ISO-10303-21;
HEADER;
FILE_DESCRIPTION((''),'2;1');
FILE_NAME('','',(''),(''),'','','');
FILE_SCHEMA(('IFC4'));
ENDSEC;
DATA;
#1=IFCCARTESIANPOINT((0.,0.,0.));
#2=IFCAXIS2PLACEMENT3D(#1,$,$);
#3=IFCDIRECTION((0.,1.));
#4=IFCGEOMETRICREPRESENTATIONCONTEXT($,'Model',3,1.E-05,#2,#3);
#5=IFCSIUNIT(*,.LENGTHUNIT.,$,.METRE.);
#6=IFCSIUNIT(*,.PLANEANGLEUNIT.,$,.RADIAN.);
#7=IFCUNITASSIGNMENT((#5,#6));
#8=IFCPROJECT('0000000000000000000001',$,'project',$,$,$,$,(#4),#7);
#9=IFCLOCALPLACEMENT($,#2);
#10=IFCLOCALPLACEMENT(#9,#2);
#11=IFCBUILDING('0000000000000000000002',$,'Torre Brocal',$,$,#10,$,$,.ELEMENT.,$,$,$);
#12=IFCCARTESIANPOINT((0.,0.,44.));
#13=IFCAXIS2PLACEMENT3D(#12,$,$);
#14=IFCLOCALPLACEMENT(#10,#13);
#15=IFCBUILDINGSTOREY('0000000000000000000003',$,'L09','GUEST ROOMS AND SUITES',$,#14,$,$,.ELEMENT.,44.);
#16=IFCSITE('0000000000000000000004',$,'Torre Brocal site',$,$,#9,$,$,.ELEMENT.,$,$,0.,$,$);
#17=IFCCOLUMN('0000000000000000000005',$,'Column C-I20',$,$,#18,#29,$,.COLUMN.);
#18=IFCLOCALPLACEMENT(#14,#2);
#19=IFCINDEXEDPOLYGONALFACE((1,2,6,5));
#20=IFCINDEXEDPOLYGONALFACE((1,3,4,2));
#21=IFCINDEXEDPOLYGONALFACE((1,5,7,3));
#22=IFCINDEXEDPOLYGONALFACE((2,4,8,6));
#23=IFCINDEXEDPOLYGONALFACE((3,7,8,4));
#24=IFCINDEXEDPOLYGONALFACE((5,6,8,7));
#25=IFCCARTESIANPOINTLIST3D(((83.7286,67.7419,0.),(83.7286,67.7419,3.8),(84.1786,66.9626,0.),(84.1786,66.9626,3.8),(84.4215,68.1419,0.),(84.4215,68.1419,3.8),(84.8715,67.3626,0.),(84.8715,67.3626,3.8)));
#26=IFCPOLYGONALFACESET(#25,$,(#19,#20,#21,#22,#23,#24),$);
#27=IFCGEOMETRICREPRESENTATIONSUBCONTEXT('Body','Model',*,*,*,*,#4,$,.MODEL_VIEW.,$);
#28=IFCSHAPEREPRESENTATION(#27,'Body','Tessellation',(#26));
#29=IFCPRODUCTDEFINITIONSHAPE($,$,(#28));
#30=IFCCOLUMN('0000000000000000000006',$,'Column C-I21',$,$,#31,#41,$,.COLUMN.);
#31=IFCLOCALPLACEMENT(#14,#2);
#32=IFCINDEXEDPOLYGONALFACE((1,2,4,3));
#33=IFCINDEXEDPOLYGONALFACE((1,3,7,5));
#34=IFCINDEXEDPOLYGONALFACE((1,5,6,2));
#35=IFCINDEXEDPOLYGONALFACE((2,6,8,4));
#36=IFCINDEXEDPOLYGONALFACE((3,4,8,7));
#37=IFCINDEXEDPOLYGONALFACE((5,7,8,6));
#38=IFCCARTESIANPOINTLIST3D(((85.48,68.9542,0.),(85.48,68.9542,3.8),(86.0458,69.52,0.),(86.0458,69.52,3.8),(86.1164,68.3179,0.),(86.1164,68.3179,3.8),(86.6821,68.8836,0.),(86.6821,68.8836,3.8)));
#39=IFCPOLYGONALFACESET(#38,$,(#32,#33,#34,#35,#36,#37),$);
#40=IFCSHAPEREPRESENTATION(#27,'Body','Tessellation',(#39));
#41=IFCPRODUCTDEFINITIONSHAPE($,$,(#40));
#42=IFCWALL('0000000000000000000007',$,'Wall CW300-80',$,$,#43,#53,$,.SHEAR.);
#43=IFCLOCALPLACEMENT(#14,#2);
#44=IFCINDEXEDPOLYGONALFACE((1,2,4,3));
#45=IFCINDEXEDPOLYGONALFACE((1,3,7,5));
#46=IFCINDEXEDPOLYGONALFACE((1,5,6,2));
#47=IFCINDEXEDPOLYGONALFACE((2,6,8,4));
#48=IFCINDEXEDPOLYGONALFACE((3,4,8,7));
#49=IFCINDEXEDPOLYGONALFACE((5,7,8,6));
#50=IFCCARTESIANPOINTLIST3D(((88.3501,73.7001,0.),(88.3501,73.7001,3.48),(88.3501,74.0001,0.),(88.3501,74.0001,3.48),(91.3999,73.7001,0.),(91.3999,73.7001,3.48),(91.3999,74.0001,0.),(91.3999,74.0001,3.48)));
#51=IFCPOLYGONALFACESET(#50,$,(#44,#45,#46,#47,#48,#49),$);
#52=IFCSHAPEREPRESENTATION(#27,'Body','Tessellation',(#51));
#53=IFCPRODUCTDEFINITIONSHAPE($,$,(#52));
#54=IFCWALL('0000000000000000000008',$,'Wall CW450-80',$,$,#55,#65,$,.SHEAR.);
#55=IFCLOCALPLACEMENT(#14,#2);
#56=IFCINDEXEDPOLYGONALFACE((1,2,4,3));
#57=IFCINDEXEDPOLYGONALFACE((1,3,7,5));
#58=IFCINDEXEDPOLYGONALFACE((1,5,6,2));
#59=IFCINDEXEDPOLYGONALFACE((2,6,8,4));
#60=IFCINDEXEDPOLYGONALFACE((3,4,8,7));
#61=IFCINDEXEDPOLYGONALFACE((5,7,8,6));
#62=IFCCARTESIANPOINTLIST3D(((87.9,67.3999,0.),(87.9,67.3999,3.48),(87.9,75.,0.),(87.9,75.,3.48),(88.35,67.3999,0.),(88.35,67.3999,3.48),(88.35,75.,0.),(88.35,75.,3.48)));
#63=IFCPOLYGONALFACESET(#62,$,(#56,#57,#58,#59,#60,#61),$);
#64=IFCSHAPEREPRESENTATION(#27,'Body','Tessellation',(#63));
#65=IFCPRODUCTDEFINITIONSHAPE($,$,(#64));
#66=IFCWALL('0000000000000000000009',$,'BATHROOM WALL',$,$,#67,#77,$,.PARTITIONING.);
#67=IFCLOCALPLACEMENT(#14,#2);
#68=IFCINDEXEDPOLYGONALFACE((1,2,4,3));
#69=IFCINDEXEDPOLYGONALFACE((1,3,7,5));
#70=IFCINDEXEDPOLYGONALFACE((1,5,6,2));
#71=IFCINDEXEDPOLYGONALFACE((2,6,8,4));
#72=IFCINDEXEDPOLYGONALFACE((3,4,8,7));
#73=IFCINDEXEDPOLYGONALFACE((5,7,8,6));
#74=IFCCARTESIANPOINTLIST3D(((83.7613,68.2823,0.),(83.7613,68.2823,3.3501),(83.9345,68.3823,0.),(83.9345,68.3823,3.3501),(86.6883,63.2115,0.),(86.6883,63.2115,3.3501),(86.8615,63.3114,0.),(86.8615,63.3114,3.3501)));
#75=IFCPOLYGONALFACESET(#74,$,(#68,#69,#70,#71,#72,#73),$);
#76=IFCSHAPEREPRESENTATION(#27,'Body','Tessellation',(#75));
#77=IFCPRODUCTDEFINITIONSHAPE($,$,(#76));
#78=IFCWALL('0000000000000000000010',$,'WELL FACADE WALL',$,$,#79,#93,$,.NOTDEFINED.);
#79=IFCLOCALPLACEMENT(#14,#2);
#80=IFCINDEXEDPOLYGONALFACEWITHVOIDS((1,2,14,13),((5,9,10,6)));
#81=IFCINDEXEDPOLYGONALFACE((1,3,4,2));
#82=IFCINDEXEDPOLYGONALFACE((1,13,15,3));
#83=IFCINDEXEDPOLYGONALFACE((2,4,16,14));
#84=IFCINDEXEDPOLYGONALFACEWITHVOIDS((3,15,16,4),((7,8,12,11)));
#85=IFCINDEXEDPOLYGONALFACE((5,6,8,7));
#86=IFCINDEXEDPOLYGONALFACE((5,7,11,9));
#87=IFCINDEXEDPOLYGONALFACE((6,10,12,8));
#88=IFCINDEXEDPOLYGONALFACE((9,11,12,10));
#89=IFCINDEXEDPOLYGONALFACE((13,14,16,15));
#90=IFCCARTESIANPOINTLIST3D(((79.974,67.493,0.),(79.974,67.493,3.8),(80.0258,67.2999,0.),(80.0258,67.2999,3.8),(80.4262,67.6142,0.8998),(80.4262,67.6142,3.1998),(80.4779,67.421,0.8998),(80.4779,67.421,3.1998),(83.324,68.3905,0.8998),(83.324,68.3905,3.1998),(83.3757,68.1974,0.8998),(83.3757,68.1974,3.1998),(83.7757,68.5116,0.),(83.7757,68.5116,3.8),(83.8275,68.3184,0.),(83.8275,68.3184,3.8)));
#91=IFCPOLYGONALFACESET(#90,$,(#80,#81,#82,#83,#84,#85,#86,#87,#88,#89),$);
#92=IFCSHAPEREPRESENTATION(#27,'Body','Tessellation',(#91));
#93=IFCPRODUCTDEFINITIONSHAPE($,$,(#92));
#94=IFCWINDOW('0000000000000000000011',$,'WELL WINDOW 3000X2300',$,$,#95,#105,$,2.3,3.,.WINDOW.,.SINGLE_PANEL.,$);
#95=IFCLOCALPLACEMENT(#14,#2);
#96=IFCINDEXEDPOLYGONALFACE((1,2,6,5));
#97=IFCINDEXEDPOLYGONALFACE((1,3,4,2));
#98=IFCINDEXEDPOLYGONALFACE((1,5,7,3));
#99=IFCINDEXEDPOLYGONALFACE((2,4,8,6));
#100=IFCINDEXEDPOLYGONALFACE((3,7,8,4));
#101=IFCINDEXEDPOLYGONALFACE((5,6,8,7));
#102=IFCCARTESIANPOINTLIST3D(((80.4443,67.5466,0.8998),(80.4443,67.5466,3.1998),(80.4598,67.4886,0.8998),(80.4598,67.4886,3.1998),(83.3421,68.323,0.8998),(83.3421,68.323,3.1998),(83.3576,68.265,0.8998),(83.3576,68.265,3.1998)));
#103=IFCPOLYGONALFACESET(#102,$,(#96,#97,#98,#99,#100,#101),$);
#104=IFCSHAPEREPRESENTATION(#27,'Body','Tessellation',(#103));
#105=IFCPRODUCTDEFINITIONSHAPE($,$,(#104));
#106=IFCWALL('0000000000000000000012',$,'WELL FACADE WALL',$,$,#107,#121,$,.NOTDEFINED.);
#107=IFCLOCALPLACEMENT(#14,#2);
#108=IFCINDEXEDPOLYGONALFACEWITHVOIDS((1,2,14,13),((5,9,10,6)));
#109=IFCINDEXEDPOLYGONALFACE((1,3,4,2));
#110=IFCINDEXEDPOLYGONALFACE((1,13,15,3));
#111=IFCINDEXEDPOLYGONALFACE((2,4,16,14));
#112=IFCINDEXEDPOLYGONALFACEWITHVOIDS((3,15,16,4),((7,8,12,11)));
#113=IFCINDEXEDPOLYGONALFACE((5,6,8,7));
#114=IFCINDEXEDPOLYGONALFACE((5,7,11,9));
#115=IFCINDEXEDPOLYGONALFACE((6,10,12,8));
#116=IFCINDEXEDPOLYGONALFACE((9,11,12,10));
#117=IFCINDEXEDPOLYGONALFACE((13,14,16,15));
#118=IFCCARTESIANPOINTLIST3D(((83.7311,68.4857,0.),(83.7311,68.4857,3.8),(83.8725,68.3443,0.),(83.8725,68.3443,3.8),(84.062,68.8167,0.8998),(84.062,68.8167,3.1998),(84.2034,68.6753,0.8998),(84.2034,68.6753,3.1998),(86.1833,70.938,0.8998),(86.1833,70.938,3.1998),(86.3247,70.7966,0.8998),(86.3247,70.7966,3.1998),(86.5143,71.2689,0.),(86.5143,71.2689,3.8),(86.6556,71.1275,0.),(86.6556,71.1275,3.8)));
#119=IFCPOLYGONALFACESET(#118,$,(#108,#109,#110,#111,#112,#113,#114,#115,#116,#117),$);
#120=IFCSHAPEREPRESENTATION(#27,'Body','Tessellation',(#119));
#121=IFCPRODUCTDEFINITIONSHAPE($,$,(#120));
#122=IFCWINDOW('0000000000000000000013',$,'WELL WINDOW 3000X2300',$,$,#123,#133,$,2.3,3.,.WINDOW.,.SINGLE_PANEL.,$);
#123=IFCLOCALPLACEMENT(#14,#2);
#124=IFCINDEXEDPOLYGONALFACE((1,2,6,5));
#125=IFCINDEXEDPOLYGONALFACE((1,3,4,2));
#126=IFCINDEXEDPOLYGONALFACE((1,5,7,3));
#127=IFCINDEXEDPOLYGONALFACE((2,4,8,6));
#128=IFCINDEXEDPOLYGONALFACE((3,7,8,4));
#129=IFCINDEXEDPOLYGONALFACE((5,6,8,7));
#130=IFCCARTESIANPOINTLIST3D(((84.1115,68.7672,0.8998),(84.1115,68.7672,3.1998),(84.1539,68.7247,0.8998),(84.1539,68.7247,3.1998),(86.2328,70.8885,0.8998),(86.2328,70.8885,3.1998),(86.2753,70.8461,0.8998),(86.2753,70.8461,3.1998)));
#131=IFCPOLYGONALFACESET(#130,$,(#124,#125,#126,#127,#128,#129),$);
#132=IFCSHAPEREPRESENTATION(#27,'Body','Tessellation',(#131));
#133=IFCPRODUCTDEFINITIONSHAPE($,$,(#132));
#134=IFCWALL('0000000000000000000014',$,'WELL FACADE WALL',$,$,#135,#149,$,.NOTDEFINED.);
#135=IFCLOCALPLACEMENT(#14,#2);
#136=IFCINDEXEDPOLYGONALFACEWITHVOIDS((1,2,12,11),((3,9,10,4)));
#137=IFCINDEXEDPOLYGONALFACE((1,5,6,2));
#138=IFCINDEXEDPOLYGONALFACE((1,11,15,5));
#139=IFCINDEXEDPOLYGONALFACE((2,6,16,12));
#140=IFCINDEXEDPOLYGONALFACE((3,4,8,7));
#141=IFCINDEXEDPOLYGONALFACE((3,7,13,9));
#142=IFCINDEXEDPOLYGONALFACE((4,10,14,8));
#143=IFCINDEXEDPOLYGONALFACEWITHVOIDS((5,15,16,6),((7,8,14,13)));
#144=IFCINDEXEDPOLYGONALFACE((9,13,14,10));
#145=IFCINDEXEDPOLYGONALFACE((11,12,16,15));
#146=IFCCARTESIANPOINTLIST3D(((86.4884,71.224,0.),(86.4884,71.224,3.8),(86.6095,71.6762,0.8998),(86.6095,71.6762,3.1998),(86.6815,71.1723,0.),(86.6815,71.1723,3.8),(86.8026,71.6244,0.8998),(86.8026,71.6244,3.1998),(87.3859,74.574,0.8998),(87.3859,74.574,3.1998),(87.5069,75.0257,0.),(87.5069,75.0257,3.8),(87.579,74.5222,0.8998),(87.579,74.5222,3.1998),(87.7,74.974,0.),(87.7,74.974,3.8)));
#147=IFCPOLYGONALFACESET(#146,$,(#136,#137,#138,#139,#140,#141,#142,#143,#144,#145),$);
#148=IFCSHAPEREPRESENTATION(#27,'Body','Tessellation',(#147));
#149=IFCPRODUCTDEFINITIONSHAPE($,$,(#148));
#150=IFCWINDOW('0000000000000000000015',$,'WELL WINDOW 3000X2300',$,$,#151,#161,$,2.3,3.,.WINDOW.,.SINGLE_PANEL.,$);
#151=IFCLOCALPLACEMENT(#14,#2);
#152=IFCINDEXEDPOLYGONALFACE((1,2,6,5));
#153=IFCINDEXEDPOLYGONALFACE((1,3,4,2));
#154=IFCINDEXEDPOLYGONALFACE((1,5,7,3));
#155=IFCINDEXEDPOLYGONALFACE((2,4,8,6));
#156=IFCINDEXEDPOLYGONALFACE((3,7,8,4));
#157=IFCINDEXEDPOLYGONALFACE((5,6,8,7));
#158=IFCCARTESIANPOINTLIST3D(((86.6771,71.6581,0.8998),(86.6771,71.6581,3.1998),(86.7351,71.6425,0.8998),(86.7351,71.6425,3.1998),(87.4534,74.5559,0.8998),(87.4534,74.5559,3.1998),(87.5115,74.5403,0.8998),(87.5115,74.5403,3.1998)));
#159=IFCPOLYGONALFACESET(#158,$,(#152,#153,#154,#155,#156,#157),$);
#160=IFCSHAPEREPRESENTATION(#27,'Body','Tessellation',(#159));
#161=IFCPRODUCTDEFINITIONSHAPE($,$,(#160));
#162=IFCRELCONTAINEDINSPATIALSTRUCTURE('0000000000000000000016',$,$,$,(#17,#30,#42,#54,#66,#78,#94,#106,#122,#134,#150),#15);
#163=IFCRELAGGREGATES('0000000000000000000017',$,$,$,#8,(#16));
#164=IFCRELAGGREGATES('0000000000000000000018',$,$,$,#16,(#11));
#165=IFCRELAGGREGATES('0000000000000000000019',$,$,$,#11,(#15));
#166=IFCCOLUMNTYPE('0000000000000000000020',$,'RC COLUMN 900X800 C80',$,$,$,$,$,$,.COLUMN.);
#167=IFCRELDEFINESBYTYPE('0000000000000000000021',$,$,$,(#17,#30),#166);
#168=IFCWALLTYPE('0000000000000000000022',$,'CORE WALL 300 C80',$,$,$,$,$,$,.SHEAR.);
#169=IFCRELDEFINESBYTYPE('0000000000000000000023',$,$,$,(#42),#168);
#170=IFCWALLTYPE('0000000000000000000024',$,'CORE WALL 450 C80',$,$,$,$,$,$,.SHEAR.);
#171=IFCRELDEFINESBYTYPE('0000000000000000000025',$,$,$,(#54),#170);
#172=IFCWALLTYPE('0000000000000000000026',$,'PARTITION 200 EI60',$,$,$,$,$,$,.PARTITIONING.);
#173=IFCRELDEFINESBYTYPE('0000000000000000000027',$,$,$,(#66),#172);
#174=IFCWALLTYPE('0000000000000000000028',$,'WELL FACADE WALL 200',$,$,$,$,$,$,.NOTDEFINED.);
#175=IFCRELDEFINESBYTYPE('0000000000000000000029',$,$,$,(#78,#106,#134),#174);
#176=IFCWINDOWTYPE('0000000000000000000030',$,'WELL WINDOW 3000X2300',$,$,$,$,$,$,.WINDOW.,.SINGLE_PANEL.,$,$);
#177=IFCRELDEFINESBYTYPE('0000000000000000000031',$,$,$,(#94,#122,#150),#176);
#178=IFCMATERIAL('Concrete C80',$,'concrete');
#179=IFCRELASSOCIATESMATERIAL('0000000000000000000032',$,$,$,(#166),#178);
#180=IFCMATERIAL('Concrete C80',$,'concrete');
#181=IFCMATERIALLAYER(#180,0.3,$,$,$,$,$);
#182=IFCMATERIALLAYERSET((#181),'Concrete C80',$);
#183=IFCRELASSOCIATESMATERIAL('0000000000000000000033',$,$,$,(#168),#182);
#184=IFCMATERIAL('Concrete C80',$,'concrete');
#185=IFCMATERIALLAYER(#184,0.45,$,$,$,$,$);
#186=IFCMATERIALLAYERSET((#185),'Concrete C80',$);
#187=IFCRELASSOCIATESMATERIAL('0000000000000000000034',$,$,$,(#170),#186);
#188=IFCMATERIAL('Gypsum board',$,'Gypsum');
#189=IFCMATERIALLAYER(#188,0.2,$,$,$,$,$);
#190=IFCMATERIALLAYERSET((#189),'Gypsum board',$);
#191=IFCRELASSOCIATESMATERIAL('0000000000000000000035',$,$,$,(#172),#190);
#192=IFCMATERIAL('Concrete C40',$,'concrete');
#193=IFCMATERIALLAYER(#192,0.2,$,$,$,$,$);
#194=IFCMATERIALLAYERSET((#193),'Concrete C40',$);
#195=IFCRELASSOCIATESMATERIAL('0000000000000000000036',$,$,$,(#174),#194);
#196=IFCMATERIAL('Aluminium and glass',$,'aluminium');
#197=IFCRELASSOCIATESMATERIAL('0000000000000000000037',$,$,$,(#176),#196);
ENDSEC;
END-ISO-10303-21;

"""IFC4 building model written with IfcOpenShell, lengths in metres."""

from ifc_helpers import new_model, si_unit, direction, frame, frame_2d, origin, origin_2d, place, context, subcontext, project, spatial, rectangle, extrude, material, layer, layer_set, material_profile, profile_set, type_object, element, fill, save


model = new_model("IFC4")

# Units and contexts
model_context = context("Model", 3, precision=1e-05, world=origin(), true_north=direction((0.0, 1.0)))
body_context = subcontext(model_context, "Body", "Model", "MODEL_VIEW")
ifc_project = project(units=[si_unit("LENGTHUNIT", "METRE"), si_unit("PLANEANGLEUNIT", "RADIAN")], contexts=[model_context])

# Site, building, storey
site_placement = place(None, origin())
site = spatial("IfcSite", under=ifc_project, at=site_placement, Name="Torre Brocal site", CompositionType="ELEMENT", RefElevation=0.0)
building_placement = place(site_placement, origin())
building = spatial("IfcBuilding", under=site, at=building_placement, Name="Torre Brocal", CompositionType="ELEMENT")
storey_placement = place(building_placement, frame((0.0, 0.0, 44.0)))
storey = spatial("IfcBuildingStorey", under=building, at=storey_placement, Name="L09", Description="GUEST ROOMS AND SUITES", CompositionType="ELEMENT", Elevation=44.0)

# Columns
ifc_material_1 = material(Name="Concrete C80", Category="concrete")
ifc_material_profile = material_profile(ifc_material_1, rectangle(XDim=0.8999, YDim=0.8, at=origin_2d()), Name="RC 900X800")
ifc_profile_set = profile_set([ifc_material_profile], Name="Concrete C80")
column_type = type_object("IfcColumnType", Name="RC COLUMN 900X800 C80", PredefinedType="COLUMN", material=ifc_profile_set)
for number, where, z_axis, x_axis, name in (
    (1, (84.3, 67.5522, 0.0), (0.0, 0.0, 1.0), (0.5, -0.866025, 0.0), "Column C-I20"),
    (2, (86.0811, 68.9189, 0.0), (0.0, 0.0, 1.0), (0.707107, -0.707107, 0.0), "Column C-I21"),
):
    element("IfcColumn", number, at=place(storey_placement, frame(where, z_axis=z_axis, x_axis=x_axis)), inside=storey, type_object=column_type, Name=name, PredefinedType="COLUMN", context=body_context, shape_type="SweptSolid", body=[
        extrude(rectangle(XDim=0.8999, YDim=0.8, at=origin_2d()), origin(), (0.0, 0.0, 1.0), 3.8),
    ])

# Walls
ifc_material_2 = material(Name="Concrete C80", Category="concrete")
ifc_layer_1 = layer(ifc_material_2, 0.3)
ifc_layer_set_1 = layer_set([ifc_layer_1], Name="Concrete C80")
wall_type_1 = type_object("IfcWallType", Name="CORE WALL 300 C80", PredefinedType="SHEAR", material=ifc_layer_set_1)
wall_1_placement = place(storey_placement, frame((88.3501, 73.8501, 0.0), z_axis=(0.0, 0.0, 1.0), x_axis=(1.0, 0.0, 0.0)))
element("IfcWall", 3, at=wall_1_placement, inside=storey, type_object=wall_type_1, Name="Wall CW300-80", PredefinedType="SHEAR", context=body_context, shape_type="SweptSolid", body=[
    extrude(rectangle(XDim=3.0498, YDim=0.3, at=frame_2d((1.5249, 0.0))), origin(), (0.0, 0.0, 1.0), 3.48),
])
ifc_material_3 = material(Name="Concrete C80", Category="concrete")
ifc_layer_2 = layer(ifc_material_3, 0.45)
ifc_layer_set_2 = layer_set([ifc_layer_2], Name="Concrete C80")
wall_type_2 = type_object("IfcWallType", Name="CORE WALL 450 C80", PredefinedType="SHEAR", material=ifc_layer_set_2)
wall_2_placement = place(storey_placement, frame((88.125, 67.3999, 0.0), z_axis=(0.0, 0.0, 1.0), x_axis=(0.0, 1.0, 0.0)))
element("IfcWall", 4, at=wall_2_placement, inside=storey, type_object=wall_type_2, Name="Wall CW450-80", PredefinedType="SHEAR", context=body_context, shape_type="SweptSolid", body=[
    extrude(rectangle(XDim=7.6001, YDim=0.45, at=frame_2d((3.8, 0.0))), origin(), (0.0, 0.0, 1.0), 3.48),
])

# Wall
ifc_material_4 = material(Name="Gypsum board", Category="Gypsum")
ifc_layer_3 = layer(ifc_material_4, 0.2)
ifc_layer_set_3 = layer_set([ifc_layer_3], Name="Gypsum board")
wall_type_3 = type_object("IfcWallType", Name="PARTITION 200 EI60", PredefinedType="PARTITIONING", material=ifc_layer_set_3)
wall_3_placement = place(storey_placement, frame((83.8479, 68.3323, 0.0), z_axis=(0.0, 0.0, 1.0), x_axis=(0.49992, -0.866072, 0.0)))
element("IfcWall", 5, at=wall_3_placement, inside=storey, type_object=wall_type_3, Name="BATHROOM WALL", PredefinedType="PARTITIONING", context=body_context, shape_type="SweptSolid", body=[
    extrude(rectangle(XDim=5.855, YDim=0.2, at=frame_2d((2.9275, 0.0))), origin(), (0.0, 0.0, 1.0), 3.3501),
])

# Walls, openings, windows
ifc_material_5 = material(Name="Concrete C40", Category="concrete")
ifc_layer_4 = layer(ifc_material_5, 0.2)
ifc_layer_set_4 = layer_set([ifc_layer_4], Name="Concrete C40")
wall_type_4 = type_object("IfcWallType", Name="WELL FACADE WALL 200", PredefinedType="NOTDEFINED", material=ifc_layer_set_4)
wall_4_placement = place(storey_placement, frame((80.0, 67.3965, 0.0), z_axis=(0.0, 0.0, 1.0), x_axis=(0.965934, 0.25879, 0.0)))
wall_4 = element("IfcWall", 6, at=wall_4_placement, inside=storey, type_object=wall_type_4, Name="WELL FACADE WALL", PredefinedType="NOTDEFINED", context=body_context, shape_type="SweptSolid", body=[
    extrude(rectangle(XDim=3.9358, YDim=0.2, at=frame_2d((1.9678, 0.0))), origin(), (0.0, 0.0, 1.0), 3.8),
])
opening_1_placement = place(wall_4_placement, frame((0.468, 0.0, 0.8999)))
opening_1 = element("IfcOpeningElement", 7, at=opening_1_placement, cuts=wall_4, PredefinedType="OPENING", context=body_context, shape_type="SweptSolid", body=[
    extrude(rectangle(XDim=3.0, YDim=2.3, at=frame_2d((1.5, 1.1499))), frame((0.0, 0.1099, 0.0), z_axis=(0.0, -1.0, 0.0), x_axis=(1.0, 0.0, 0.0)), (0.0, 0.0, 1.0), 0.22),
])
ifc_material_6 = material(Name="Aluminium and glass", Category="aluminium")
window_type = type_object("IfcWindowType", Name="WELL WINDOW 3000X2300", PartitioningType="SINGLE_PANEL", PredefinedType="WINDOW", material=ifc_material_6)
window_1_placement = place(opening_1_placement, origin())
window_1 = element("IfcWindow", 8, at=window_1_placement, inside=storey, type_object=window_type, Name="WELL WINDOW 3000X2300", OverallHeight=2.3, OverallWidth=3.0, PartitioningType="SINGLE_PANEL", PredefinedType="WINDOW", context=body_context, shape_type="SweptSolid", body=[
    extrude(rectangle(XDim=3.0, YDim=2.3, at=frame_2d((1.5, 1.1499))), frame((0.0, 0.03, 0.0), z_axis=(0.0, -1.0, 0.0), x_axis=(1.0, 0.0, 0.0)), (0.0, 0.0, 1.0), 0.0601),
])
fill(opening_1, window_1)
wall_5_placement = place(storey_placement, frame((83.8018, 68.415, 0.0), z_axis=(0.0, 0.0, 1.0), x_axis=(0.707107, 0.707107, 0.0)))
wall_5 = element("IfcWall", 9, at=wall_5_placement, inside=storey, type_object=wall_type_4, Name="WELL FACADE WALL", PredefinedType="NOTDEFINED", context=body_context, shape_type="SweptSolid", body=[
    extrude(rectangle(XDim=3.936, YDim=0.2, at=frame_2d((1.968, 0.0))), origin(), (0.0, 0.0, 1.0), 3.8),
])
opening_2_placement = place(wall_5_placement, frame((0.468, 0.0, 0.8999)))
opening_2 = element("IfcOpeningElement", 10, at=opening_2_placement, cuts=wall_5, PredefinedType="OPENING", context=body_context, shape_type="SweptSolid", body=[
    extrude(rectangle(XDim=3.0, YDim=2.3, at=frame_2d((1.5, 1.1499))), frame((0.0, 0.1099, 0.0), z_axis=(0.0, -1.0, 0.0), x_axis=(1.0, 0.0, 0.0)), (0.0, 0.0, 1.0), 0.22),
])
window_2_placement = place(opening_2_placement, origin())
window_2 = element("IfcWindow", 11, at=window_2_placement, inside=storey, type_object=window_type, Name="WELL WINDOW 3000X2300", OverallHeight=2.3, OverallWidth=3.0, PartitioningType="SINGLE_PANEL", PredefinedType="WINDOW", context=body_context, shape_type="SweptSolid", body=[
    extrude(rectangle(XDim=3.0, YDim=2.3, at=frame_2d((1.5, 1.1499))), frame((0.0, 0.03, 0.0), z_axis=(0.0, -1.0, 0.0), x_axis=(1.0, 0.0, 0.0)), (0.0, 0.0, 1.0), 0.0601),
])
fill(opening_2, window_2)
wall_6_placement = place(storey_placement, frame((86.585, 71.1982, 0.0), z_axis=(0.0, 0.0, 1.0), x_axis=(0.25879, 0.965934, 0.0)))
wall_6 = element("IfcWall", 12, at=wall_6_placement, inside=storey, type_object=wall_type_4, Name="WELL FACADE WALL", PredefinedType="NOTDEFINED", context=body_context, shape_type="SweptSolid", body=[
    extrude(rectangle(XDim=3.9358, YDim=0.2, at=frame_2d((1.9678, 0.0))), origin(), (0.0, 0.0, 1.0), 3.8),
])
opening_3_placement = place(wall_6_placement, frame((0.468, 0.0, 0.8999)))
opening_3 = element("IfcOpeningElement", 13, at=opening_3_placement, cuts=wall_6, PredefinedType="OPENING", context=body_context, shape_type="SweptSolid", body=[
    extrude(rectangle(XDim=3.0, YDim=2.3, at=frame_2d((1.5, 1.1499))), frame((0.0, 0.1099, 0.0), z_axis=(0.0, -1.0, 0.0), x_axis=(1.0, 0.0, 0.0)), (0.0, 0.0, 1.0), 0.22),
])
window_3_placement = place(opening_3_placement, origin())
window_3 = element("IfcWindow", 14, at=window_3_placement, inside=storey, type_object=window_type, Name="WELL WINDOW 3000X2300", OverallHeight=2.3, OverallWidth=3.0, PartitioningType="SINGLE_PANEL", PredefinedType="WINDOW", context=body_context, shape_type="SweptSolid", body=[
    extrude(rectangle(XDim=3.0, YDim=2.3, at=frame_2d((1.5, 1.1499))), frame((0.0, 0.03, 0.0), z_axis=(0.0, -1.0, 0.0), x_axis=(1.0, 0.0, 0.0)), (0.0, 0.0, 1.0), 0.0601),
])
fill(opening_3, window_3)

save(model, "model.ifc")
